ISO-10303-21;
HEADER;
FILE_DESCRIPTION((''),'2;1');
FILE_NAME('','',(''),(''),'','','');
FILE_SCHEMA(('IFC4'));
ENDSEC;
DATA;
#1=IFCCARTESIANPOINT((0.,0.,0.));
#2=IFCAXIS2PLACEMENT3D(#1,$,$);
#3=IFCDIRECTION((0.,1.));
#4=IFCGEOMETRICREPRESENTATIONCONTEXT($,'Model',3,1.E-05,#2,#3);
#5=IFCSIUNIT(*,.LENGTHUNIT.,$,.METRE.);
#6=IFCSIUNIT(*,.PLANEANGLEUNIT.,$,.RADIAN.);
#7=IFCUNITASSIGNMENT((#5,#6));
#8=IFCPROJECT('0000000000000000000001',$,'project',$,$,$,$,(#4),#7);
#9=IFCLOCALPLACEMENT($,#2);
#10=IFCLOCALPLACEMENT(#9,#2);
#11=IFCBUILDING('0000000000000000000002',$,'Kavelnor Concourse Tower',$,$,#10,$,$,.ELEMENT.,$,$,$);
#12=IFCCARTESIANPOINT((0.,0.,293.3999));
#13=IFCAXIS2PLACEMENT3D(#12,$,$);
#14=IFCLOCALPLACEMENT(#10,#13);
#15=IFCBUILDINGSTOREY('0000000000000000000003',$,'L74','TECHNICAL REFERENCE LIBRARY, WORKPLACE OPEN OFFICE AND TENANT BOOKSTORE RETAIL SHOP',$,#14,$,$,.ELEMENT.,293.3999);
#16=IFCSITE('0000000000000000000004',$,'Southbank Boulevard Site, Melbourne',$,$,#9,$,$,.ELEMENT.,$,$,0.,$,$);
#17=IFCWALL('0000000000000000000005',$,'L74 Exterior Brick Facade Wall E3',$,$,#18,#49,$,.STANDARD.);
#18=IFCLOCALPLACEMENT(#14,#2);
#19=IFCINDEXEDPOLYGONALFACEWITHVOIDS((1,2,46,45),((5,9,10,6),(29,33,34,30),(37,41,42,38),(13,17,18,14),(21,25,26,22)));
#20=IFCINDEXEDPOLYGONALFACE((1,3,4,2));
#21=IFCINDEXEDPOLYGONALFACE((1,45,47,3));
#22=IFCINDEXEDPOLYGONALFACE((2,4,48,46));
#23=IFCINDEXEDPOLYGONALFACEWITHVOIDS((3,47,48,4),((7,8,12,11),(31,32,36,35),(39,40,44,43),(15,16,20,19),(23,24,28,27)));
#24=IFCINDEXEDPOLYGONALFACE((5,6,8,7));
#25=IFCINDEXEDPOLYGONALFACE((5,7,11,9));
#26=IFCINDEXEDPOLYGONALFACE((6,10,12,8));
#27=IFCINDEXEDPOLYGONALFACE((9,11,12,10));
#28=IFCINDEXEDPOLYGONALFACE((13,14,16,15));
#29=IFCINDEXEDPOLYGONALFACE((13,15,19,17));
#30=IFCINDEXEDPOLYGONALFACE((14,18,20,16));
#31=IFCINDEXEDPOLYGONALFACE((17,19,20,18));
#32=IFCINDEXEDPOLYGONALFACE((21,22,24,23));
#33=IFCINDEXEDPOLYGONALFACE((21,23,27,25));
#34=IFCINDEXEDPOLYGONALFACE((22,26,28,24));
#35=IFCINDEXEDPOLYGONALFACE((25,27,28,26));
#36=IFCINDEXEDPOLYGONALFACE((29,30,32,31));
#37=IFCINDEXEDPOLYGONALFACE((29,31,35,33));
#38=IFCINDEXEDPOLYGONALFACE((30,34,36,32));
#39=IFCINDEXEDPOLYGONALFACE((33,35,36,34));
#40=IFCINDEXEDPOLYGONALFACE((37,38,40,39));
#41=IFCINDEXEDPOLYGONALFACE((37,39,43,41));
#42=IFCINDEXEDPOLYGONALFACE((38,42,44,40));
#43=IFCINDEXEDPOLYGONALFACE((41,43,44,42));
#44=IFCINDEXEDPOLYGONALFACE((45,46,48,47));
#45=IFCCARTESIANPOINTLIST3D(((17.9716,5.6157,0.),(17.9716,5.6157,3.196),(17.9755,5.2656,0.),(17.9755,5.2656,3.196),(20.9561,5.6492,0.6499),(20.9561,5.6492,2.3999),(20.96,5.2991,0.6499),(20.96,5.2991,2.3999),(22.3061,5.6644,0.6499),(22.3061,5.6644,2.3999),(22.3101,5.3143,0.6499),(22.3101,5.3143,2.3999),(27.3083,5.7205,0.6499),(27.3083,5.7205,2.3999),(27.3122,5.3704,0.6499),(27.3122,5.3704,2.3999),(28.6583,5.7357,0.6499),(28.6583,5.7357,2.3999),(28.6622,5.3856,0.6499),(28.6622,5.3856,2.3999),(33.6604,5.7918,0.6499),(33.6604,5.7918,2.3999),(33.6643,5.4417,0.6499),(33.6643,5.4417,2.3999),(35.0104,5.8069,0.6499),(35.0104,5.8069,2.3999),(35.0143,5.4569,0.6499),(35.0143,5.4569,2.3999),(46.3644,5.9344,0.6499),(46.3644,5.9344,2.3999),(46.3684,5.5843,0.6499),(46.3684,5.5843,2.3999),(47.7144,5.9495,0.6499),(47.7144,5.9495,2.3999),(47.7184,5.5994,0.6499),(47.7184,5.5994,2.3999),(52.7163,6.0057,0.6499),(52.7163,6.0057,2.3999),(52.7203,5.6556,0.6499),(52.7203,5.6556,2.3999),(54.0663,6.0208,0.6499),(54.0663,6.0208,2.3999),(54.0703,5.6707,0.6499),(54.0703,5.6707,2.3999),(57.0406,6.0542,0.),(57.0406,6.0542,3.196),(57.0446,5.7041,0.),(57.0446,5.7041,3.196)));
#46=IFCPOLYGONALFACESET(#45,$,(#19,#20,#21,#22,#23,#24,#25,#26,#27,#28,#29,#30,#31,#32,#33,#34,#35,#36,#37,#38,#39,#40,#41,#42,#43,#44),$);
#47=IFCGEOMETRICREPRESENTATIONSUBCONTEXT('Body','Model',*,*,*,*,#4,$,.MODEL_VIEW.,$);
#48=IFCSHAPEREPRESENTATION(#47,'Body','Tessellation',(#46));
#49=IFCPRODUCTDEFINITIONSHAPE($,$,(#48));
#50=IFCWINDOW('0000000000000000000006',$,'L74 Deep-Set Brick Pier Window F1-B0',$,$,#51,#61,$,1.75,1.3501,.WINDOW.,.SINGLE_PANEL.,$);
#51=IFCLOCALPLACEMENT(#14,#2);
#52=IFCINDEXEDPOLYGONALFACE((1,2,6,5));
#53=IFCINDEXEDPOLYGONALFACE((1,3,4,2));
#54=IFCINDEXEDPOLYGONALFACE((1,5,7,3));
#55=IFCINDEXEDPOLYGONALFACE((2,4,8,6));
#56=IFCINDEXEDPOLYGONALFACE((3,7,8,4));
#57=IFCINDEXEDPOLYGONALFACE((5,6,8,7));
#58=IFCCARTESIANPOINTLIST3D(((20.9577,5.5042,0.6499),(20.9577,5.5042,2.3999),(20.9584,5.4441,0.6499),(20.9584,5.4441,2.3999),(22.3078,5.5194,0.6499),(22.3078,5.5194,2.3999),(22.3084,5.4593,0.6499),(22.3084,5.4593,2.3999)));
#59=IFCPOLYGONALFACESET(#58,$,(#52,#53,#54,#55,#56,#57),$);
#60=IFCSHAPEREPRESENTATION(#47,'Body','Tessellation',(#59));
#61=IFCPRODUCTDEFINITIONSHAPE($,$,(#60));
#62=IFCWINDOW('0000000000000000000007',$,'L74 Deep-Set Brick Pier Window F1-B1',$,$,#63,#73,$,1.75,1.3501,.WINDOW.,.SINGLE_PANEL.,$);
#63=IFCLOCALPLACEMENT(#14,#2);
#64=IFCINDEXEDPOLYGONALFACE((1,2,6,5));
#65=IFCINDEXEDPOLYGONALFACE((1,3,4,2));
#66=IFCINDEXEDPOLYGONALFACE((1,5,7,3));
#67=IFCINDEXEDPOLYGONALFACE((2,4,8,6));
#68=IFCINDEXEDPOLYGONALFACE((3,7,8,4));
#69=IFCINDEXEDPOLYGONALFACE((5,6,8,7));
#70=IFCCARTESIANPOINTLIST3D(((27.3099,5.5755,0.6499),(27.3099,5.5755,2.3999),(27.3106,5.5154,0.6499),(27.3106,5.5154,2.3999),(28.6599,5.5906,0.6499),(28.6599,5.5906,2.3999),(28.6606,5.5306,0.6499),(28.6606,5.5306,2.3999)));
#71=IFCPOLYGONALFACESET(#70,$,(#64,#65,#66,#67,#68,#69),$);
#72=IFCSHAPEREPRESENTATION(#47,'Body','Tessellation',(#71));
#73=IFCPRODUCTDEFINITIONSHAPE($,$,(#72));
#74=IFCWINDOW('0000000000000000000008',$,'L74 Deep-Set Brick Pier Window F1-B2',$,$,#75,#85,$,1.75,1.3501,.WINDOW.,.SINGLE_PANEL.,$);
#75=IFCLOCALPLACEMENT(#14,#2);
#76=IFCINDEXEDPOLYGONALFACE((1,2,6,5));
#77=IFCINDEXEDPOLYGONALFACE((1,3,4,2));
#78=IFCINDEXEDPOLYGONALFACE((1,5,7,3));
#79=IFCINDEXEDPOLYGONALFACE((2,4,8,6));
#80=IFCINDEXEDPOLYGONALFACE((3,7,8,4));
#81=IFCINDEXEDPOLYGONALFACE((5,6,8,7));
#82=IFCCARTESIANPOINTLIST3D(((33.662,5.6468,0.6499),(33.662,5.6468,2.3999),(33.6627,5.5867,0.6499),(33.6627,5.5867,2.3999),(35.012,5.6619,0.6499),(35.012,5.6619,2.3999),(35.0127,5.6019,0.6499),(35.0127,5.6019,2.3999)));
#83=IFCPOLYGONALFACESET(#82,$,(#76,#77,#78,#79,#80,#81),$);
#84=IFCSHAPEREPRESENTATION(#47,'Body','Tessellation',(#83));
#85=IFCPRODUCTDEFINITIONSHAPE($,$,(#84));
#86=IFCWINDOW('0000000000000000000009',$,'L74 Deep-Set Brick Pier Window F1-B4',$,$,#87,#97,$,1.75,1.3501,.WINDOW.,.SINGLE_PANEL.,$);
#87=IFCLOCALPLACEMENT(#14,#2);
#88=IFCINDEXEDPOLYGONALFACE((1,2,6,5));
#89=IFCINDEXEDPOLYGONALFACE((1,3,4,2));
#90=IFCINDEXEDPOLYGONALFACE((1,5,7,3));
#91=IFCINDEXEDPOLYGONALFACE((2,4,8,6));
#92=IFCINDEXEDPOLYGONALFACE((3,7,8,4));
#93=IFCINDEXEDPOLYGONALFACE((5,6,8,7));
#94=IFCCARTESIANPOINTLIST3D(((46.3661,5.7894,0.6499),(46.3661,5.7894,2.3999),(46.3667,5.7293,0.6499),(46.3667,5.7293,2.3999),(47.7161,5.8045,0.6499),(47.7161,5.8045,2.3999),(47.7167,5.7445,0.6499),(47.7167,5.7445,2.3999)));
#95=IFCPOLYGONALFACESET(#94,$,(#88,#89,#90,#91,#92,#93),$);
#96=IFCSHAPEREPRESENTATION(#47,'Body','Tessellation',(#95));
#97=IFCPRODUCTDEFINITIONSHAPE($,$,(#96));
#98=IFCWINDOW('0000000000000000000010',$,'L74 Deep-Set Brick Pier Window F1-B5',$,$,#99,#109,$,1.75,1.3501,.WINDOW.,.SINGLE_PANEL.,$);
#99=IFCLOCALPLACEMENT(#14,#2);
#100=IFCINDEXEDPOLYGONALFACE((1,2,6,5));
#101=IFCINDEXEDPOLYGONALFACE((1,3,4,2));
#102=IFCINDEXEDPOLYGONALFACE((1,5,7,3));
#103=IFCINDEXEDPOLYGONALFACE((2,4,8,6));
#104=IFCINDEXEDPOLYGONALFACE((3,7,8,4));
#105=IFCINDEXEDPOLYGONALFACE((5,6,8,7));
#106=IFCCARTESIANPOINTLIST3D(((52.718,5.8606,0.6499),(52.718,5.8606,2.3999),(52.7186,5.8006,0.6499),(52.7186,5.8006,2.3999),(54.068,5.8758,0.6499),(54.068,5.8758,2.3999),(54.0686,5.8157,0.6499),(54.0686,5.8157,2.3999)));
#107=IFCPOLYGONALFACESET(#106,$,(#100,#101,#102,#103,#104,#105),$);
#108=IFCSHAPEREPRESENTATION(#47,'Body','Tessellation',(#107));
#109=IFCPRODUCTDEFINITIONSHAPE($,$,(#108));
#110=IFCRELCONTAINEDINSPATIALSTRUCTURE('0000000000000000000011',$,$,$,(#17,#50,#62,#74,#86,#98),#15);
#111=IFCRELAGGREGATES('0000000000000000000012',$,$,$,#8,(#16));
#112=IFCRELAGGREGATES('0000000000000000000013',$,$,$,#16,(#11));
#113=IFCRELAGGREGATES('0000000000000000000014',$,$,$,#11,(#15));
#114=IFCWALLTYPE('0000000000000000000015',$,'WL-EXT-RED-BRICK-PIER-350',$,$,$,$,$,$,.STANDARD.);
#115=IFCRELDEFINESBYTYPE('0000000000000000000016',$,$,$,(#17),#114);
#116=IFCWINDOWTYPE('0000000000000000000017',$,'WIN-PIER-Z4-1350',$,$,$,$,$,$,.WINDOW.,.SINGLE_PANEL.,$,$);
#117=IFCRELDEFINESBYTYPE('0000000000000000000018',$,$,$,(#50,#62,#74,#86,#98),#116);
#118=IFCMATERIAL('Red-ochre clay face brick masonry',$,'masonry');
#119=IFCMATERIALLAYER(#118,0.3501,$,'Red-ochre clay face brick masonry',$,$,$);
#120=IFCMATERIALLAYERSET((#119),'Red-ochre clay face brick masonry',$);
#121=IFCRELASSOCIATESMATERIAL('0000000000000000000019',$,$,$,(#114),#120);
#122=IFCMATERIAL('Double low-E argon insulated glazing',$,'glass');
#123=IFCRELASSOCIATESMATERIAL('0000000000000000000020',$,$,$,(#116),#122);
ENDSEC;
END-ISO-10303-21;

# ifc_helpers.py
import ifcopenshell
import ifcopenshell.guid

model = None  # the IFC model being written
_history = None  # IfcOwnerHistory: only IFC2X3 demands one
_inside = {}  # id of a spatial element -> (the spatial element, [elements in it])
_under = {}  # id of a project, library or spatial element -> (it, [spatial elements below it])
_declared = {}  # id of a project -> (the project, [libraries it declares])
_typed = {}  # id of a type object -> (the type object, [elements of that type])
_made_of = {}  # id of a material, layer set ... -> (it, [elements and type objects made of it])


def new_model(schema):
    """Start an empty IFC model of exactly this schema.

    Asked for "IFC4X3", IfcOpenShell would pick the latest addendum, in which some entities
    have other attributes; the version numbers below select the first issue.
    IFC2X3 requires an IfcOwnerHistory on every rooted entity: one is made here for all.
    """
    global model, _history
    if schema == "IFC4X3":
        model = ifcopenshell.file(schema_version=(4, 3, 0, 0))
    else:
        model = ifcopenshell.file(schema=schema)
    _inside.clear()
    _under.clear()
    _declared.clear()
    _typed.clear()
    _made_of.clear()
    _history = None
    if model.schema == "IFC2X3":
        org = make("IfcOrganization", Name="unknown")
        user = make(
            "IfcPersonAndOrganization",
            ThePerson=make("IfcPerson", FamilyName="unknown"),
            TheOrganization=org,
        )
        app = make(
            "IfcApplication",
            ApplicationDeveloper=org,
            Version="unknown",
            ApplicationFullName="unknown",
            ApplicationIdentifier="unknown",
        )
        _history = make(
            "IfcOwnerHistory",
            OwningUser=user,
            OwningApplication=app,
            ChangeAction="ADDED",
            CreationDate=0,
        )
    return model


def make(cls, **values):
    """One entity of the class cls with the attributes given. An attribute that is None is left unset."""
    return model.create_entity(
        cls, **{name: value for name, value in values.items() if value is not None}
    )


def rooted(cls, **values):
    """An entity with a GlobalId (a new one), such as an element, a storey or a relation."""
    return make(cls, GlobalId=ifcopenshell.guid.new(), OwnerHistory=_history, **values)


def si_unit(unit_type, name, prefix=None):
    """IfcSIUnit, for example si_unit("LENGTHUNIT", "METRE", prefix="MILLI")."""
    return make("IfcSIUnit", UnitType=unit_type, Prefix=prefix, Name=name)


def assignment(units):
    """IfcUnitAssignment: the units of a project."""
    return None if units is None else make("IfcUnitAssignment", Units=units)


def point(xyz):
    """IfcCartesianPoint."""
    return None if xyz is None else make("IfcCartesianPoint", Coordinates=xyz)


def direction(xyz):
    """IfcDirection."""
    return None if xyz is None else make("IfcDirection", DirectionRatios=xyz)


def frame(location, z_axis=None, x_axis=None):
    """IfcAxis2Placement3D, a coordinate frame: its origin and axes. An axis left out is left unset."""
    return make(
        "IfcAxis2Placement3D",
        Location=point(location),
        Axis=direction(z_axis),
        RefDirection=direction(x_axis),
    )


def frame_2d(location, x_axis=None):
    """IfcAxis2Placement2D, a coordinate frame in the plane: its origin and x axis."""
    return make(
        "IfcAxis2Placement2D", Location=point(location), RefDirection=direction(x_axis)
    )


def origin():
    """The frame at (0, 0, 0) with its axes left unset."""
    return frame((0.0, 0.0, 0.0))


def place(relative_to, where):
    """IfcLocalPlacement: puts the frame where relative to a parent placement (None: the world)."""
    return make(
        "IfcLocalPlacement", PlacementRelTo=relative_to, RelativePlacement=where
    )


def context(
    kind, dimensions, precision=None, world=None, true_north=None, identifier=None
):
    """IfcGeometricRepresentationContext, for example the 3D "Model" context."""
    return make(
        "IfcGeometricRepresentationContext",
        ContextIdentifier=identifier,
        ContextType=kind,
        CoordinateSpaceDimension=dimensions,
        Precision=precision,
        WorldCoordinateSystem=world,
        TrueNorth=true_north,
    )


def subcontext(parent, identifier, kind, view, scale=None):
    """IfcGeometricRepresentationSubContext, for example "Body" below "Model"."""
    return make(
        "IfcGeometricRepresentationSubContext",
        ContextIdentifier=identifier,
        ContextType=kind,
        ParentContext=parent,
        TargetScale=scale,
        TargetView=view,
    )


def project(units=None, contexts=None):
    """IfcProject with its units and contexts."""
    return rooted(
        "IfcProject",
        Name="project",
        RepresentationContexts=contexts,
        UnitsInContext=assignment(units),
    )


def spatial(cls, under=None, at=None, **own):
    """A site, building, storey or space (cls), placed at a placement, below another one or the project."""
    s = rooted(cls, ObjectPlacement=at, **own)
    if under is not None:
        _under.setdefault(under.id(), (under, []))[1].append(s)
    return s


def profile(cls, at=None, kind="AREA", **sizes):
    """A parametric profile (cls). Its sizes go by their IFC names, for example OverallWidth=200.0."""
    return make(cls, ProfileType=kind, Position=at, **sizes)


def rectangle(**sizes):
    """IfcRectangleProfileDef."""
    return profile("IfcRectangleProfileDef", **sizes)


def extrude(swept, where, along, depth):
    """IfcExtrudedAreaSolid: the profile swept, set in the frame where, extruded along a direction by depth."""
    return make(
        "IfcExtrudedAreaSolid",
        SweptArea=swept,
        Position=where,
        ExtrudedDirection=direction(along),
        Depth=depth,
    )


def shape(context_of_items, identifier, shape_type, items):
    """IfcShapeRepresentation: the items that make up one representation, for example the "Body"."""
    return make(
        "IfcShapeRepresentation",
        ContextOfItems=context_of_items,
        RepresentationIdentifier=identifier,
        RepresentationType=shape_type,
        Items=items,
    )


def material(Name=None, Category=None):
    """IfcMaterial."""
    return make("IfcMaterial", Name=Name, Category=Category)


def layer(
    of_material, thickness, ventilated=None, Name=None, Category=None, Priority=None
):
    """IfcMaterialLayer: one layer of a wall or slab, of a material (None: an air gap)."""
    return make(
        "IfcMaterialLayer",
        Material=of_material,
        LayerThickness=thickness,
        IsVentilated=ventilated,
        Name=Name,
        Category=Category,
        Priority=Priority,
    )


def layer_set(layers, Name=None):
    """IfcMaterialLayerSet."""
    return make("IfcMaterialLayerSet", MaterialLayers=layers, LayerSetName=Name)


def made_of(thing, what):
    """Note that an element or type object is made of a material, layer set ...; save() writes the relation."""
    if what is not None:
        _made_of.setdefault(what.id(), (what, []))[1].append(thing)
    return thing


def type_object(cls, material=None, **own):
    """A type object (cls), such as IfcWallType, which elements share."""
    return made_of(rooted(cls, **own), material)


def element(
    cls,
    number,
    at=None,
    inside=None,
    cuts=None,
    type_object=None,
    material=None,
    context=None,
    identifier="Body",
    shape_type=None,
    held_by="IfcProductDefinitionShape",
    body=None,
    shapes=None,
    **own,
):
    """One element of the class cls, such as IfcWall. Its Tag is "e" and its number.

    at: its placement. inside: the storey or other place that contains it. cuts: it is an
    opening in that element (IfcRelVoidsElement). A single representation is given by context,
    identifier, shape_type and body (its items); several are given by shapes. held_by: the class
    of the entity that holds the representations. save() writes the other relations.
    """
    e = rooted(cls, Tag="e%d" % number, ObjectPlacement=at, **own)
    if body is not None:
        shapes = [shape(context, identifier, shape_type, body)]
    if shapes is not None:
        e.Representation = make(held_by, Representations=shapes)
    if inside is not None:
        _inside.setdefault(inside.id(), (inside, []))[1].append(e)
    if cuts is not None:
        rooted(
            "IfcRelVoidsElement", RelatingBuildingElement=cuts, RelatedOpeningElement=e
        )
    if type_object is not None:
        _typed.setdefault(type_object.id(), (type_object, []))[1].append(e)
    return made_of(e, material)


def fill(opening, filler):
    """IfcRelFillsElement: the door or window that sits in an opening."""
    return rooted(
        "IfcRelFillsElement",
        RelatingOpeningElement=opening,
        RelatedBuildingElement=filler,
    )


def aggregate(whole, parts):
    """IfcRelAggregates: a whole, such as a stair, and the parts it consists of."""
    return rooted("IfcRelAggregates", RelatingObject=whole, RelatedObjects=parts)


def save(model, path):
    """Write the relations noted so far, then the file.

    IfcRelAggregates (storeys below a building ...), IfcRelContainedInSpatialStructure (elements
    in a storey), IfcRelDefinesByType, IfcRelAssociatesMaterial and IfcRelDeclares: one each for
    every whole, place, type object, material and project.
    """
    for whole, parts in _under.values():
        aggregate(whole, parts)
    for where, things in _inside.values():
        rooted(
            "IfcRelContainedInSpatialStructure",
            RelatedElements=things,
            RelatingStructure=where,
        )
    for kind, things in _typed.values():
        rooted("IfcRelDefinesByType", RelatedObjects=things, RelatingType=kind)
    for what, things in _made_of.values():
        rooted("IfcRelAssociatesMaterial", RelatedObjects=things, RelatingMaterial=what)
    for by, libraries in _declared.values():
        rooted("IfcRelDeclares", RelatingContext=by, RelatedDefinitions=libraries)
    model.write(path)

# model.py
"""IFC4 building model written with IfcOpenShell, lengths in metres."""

from ifc_helpers import new_model, si_unit, direction, frame, frame_2d, origin, place, context, subcontext, project, spatial, rectangle, extrude, material, layer, layer_set, type_object, element, fill, save


model = new_model("IFC4")

# Units and contexts
model_context = context("Model", 3, precision=1e-05, world=origin(), true_north=direction((0.0, 1.0)))
body_context = subcontext(model_context, "Body", "Model", "MODEL_VIEW")
ifc_project = project(units=[si_unit("LENGTHUNIT", "METRE"), si_unit("PLANEANGLEUNIT", "RADIAN")], contexts=[model_context])

# Site, building, storey
site_placement = place(None, origin())
site = spatial("IfcSite", under=ifc_project, at=site_placement, Name="Southbank Boulevard Site, Melbourne", CompositionType="ELEMENT", RefElevation=0.0)
building_placement = place(site_placement, origin())
building = spatial("IfcBuilding", under=site, at=building_placement, Name="Kavelnor Concourse Tower", CompositionType="ELEMENT")
storey_placement = place(building_placement, frame((0.0, 0.0, 293.3999)))
storey = spatial("IfcBuildingStorey", under=building, at=storey_placement, Name="L74", Description="TECHNICAL REFERENCE LIBRARY, WORKPLACE OPEN OFFICE AND TENANT BOOKSTORE RETAIL SHOP", CompositionType="ELEMENT", Elevation=293.3999)

# Shared definitions
ifc_material_1 = material(Name="Double low-E argon insulated glazing", Category="glass")

# Wall, openings, windows
ifc_material_2 = material(Name="Red-ochre clay face brick masonry", Category="masonry")
ifc_layer_1 = layer(ifc_material_2, 0.3501, Name="Red-ochre clay face brick masonry")
ifc_layer_set_1 = layer_set([ifc_layer_1], Name="Red-ochre clay face brick masonry")
wall_type_1 = type_object("IfcWallType", Name="WL-EXT-RED-BRICK-PIER-350", PredefinedType="STANDARD", material=ifc_layer_set_1)
wall_1_placement = place(storey_placement, frame((57.0425, 5.8792, 0.0), z_axis=(0.0, 0.0, 1.0), x_axis=(-0.999937, -0.011222, 0.0)))
wall_1 = element("IfcWall", 1, at=wall_1_placement, inside=storey, type_object=wall_type_1, Name="L74 Exterior Brick Facade Wall E3", PredefinedType="STANDARD", context=body_context, shape_type="SweptSolid", body=[
    extrude(rectangle(XDim=39.0715, YDim=0.3501, at=frame_2d((19.5356, 0.0))), origin(), (0.0, 0.0, 1.0), 3.196),
])
opening_1_placement = place(wall_1_placement, frame((34.7366, 0.0, 0.6499)))
opening_1 = element("IfcOpeningElement", 2, at=opening_1_placement, cuts=wall_1, PredefinedType="OPENING", context=body_context, shape_type="SweptSolid", body=[
    extrude(rectangle(XDim=1.3501, YDim=1.75, at=frame_2d((0.675, 0.875))), frame((0.0, 0.1851, 0.0), z_axis=(0.0, -1.0, 0.0), x_axis=(1.0, 0.0, 0.0)), (0.0, 0.0, 1.0), 0.3701),
])
opening_2_placement = place(wall_1_placement, frame((28.384, 0.0, 0.6499)))
opening_2 = element("IfcOpeningElement", 3, at=opening_2_placement, cuts=wall_1, PredefinedType="OPENING", context=body_context, shape_type="SweptSolid", body=[
    extrude(rectangle(XDim=1.3501, YDim=1.75, at=frame_2d((0.675, 0.875))), frame((0.0, 0.1851, 0.0), z_axis=(0.0, -1.0, 0.0), x_axis=(1.0, 0.0, 0.0)), (0.0, 0.0, 1.0), 0.3701),
])
opening_3_placement = place(wall_1_placement, frame((22.0315, 0.0, 0.6499)))
opening_3 = element("IfcOpeningElement", 4, at=opening_3_placement, cuts=wall_1, PredefinedType="OPENING", context=body_context, shape_type="SweptSolid", body=[
    extrude(rectangle(XDim=1.3501, YDim=1.75, at=frame_2d((0.675, 0.875))), frame((0.0, 0.1851, 0.0), z_axis=(0.0, -1.0, 0.0), x_axis=(1.0, 0.0, 0.0)), (0.0, 0.0, 1.0), 0.3701),
])
opening_4_placement = place(wall_1_placement, frame((9.3267, 0.0, 0.6499)))
opening_4 = element("IfcOpeningElement", 5, at=opening_4_placement, cuts=wall_1, PredefinedType="OPENING", context=body_context, shape_type="SweptSolid", body=[
    extrude(rectangle(XDim=1.3501, YDim=1.75, at=frame_2d((0.675, 0.875))), frame((0.0, 0.1851, 0.0), z_axis=(0.0, -1.0, 0.0), x_axis=(1.0, 0.0, 0.0)), (0.0, 0.0, 1.0), 0.3701),
])
opening_5_placement = place(wall_1_placement, frame((2.9744, 0.0, 0.6499)))
opening_5 = element("IfcOpeningElement", 6, at=opening_5_placement, cuts=wall_1, PredefinedType="OPENING", context=body_context, shape_type="SweptSolid", body=[
    extrude(rectangle(XDim=1.3501, YDim=1.75, at=frame_2d((0.675, 0.875))), frame((0.0, 0.1851, 0.0), z_axis=(0.0, -1.0, 0.0), x_axis=(1.0, 0.0, 0.0)), (0.0, 0.0, 1.0), 0.3701),
])
window_type_1 = type_object("IfcWindowType", Name="WIN-PIER-Z4-1350", PartitioningType="SINGLE_PANEL", PredefinedType="WINDOW", material=ifc_material_1)
window_1_placement = place(opening_1_placement, origin())
window_1 = element("IfcWindow", 7, at=window_1_placement, inside=storey, type_object=window_type_1, Name="L74 Deep-Set Brick Pier Window F1-B0", OverallHeight=1.75, OverallWidth=1.3501, PartitioningType="SINGLE_PANEL", PredefinedType="WINDOW", context=body_context, shape_type="SweptSolid", body=[
    extrude(rectangle(XDim=1.3501, YDim=1.75, at=frame_2d((0.675, 0.875))), frame((0.0, 0.03, 0.0), z_axis=(0.0, -1.0, 0.0), x_axis=(1.0, 0.0, 0.0)), (0.0, 0.0, 1.0), 0.0601),
])
fill(opening_1, window_1)
window_2_placement = place(opening_2_placement, origin())
window_2 = element("IfcWindow", 8, at=window_2_placement, inside=storey, type_object=window_type_1, Name="L74 Deep-Set Brick Pier Window F1-B1", OverallHeight=1.75, OverallWidth=1.3501, PartitioningType="SINGLE_PANEL", PredefinedType="WINDOW", context=body_context, shape_type="SweptSolid", body=[
    extrude(rectangle(XDim=1.3501, YDim=1.75, at=frame_2d((0.675, 0.875))), frame((0.0, 0.03, 0.0), z_axis=(0.0, -1.0, 0.0), x_axis=(1.0, 0.0, 0.0)), (0.0, 0.0, 1.0), 0.0601),
])
fill(opening_2, window_2)
window_3_placement = place(opening_3_placement, origin())
window_3 = element("IfcWindow", 9, at=window_3_placement, inside=storey, type_object=window_type_1, Name="L74 Deep-Set Brick Pier Window F1-B2", OverallHeight=1.75, OverallWidth=1.3501, PartitioningType="SINGLE_PANEL", PredefinedType="WINDOW", context=body_context, shape_type="SweptSolid", body=[
    extrude(rectangle(XDim=1.3501, YDim=1.75, at=frame_2d((0.675, 0.875))), frame((0.0, 0.03, 0.0), z_axis=(0.0, -1.0, 0.0), x_axis=(1.0, 0.0, 0.0)), (0.0, 0.0, 1.0), 0.0601),
])
fill(opening_3, window_3)
window_4_placement = place(opening_4_placement, origin())
window_4 = element("IfcWindow", 10, at=window_4_placement, inside=storey, type_object=window_type_1, Name="L74 Deep-Set Brick Pier Window F1-B4", OverallHeight=1.75, OverallWidth=1.3501, PartitioningType="SINGLE_PANEL", PredefinedType="WINDOW", context=body_context, shape_type="SweptSolid", body=[
    extrude(rectangle(XDim=1.3501, YDim=1.75, at=frame_2d((0.675, 0.875))), frame((0.0, 0.03, 0.0), z_axis=(0.0, -1.0, 0.0), x_axis=(1.0, 0.0, 0.0)), (0.0, 0.0, 1.0), 0.0601),
])
fill(opening_4, window_4)
window_5_placement = place(opening_5_placement, origin())
window_5 = element("IfcWindow", 11, at=window_5_placement, inside=storey, type_object=window_type_1, Name="L74 Deep-Set Brick Pier Window F1-B5", OverallHeight=1.75, OverallWidth=1.3501, PartitioningType="SINGLE_PANEL", PredefinedType="WINDOW", context=body_context, shape_type="SweptSolid", body=[
    extrude(rectangle(XDim=1.3501, YDim=1.75, at=frame_2d((0.675, 0.875))), frame((0.0, 0.03, 0.0), z_axis=(0.0, -1.0, 0.0), x_axis=(1.0, 0.0, 0.0)), (0.0, 0.0, 1.0), 0.0601),
])
fill(opening_5, window_5)

save(model, "model.ifc")
